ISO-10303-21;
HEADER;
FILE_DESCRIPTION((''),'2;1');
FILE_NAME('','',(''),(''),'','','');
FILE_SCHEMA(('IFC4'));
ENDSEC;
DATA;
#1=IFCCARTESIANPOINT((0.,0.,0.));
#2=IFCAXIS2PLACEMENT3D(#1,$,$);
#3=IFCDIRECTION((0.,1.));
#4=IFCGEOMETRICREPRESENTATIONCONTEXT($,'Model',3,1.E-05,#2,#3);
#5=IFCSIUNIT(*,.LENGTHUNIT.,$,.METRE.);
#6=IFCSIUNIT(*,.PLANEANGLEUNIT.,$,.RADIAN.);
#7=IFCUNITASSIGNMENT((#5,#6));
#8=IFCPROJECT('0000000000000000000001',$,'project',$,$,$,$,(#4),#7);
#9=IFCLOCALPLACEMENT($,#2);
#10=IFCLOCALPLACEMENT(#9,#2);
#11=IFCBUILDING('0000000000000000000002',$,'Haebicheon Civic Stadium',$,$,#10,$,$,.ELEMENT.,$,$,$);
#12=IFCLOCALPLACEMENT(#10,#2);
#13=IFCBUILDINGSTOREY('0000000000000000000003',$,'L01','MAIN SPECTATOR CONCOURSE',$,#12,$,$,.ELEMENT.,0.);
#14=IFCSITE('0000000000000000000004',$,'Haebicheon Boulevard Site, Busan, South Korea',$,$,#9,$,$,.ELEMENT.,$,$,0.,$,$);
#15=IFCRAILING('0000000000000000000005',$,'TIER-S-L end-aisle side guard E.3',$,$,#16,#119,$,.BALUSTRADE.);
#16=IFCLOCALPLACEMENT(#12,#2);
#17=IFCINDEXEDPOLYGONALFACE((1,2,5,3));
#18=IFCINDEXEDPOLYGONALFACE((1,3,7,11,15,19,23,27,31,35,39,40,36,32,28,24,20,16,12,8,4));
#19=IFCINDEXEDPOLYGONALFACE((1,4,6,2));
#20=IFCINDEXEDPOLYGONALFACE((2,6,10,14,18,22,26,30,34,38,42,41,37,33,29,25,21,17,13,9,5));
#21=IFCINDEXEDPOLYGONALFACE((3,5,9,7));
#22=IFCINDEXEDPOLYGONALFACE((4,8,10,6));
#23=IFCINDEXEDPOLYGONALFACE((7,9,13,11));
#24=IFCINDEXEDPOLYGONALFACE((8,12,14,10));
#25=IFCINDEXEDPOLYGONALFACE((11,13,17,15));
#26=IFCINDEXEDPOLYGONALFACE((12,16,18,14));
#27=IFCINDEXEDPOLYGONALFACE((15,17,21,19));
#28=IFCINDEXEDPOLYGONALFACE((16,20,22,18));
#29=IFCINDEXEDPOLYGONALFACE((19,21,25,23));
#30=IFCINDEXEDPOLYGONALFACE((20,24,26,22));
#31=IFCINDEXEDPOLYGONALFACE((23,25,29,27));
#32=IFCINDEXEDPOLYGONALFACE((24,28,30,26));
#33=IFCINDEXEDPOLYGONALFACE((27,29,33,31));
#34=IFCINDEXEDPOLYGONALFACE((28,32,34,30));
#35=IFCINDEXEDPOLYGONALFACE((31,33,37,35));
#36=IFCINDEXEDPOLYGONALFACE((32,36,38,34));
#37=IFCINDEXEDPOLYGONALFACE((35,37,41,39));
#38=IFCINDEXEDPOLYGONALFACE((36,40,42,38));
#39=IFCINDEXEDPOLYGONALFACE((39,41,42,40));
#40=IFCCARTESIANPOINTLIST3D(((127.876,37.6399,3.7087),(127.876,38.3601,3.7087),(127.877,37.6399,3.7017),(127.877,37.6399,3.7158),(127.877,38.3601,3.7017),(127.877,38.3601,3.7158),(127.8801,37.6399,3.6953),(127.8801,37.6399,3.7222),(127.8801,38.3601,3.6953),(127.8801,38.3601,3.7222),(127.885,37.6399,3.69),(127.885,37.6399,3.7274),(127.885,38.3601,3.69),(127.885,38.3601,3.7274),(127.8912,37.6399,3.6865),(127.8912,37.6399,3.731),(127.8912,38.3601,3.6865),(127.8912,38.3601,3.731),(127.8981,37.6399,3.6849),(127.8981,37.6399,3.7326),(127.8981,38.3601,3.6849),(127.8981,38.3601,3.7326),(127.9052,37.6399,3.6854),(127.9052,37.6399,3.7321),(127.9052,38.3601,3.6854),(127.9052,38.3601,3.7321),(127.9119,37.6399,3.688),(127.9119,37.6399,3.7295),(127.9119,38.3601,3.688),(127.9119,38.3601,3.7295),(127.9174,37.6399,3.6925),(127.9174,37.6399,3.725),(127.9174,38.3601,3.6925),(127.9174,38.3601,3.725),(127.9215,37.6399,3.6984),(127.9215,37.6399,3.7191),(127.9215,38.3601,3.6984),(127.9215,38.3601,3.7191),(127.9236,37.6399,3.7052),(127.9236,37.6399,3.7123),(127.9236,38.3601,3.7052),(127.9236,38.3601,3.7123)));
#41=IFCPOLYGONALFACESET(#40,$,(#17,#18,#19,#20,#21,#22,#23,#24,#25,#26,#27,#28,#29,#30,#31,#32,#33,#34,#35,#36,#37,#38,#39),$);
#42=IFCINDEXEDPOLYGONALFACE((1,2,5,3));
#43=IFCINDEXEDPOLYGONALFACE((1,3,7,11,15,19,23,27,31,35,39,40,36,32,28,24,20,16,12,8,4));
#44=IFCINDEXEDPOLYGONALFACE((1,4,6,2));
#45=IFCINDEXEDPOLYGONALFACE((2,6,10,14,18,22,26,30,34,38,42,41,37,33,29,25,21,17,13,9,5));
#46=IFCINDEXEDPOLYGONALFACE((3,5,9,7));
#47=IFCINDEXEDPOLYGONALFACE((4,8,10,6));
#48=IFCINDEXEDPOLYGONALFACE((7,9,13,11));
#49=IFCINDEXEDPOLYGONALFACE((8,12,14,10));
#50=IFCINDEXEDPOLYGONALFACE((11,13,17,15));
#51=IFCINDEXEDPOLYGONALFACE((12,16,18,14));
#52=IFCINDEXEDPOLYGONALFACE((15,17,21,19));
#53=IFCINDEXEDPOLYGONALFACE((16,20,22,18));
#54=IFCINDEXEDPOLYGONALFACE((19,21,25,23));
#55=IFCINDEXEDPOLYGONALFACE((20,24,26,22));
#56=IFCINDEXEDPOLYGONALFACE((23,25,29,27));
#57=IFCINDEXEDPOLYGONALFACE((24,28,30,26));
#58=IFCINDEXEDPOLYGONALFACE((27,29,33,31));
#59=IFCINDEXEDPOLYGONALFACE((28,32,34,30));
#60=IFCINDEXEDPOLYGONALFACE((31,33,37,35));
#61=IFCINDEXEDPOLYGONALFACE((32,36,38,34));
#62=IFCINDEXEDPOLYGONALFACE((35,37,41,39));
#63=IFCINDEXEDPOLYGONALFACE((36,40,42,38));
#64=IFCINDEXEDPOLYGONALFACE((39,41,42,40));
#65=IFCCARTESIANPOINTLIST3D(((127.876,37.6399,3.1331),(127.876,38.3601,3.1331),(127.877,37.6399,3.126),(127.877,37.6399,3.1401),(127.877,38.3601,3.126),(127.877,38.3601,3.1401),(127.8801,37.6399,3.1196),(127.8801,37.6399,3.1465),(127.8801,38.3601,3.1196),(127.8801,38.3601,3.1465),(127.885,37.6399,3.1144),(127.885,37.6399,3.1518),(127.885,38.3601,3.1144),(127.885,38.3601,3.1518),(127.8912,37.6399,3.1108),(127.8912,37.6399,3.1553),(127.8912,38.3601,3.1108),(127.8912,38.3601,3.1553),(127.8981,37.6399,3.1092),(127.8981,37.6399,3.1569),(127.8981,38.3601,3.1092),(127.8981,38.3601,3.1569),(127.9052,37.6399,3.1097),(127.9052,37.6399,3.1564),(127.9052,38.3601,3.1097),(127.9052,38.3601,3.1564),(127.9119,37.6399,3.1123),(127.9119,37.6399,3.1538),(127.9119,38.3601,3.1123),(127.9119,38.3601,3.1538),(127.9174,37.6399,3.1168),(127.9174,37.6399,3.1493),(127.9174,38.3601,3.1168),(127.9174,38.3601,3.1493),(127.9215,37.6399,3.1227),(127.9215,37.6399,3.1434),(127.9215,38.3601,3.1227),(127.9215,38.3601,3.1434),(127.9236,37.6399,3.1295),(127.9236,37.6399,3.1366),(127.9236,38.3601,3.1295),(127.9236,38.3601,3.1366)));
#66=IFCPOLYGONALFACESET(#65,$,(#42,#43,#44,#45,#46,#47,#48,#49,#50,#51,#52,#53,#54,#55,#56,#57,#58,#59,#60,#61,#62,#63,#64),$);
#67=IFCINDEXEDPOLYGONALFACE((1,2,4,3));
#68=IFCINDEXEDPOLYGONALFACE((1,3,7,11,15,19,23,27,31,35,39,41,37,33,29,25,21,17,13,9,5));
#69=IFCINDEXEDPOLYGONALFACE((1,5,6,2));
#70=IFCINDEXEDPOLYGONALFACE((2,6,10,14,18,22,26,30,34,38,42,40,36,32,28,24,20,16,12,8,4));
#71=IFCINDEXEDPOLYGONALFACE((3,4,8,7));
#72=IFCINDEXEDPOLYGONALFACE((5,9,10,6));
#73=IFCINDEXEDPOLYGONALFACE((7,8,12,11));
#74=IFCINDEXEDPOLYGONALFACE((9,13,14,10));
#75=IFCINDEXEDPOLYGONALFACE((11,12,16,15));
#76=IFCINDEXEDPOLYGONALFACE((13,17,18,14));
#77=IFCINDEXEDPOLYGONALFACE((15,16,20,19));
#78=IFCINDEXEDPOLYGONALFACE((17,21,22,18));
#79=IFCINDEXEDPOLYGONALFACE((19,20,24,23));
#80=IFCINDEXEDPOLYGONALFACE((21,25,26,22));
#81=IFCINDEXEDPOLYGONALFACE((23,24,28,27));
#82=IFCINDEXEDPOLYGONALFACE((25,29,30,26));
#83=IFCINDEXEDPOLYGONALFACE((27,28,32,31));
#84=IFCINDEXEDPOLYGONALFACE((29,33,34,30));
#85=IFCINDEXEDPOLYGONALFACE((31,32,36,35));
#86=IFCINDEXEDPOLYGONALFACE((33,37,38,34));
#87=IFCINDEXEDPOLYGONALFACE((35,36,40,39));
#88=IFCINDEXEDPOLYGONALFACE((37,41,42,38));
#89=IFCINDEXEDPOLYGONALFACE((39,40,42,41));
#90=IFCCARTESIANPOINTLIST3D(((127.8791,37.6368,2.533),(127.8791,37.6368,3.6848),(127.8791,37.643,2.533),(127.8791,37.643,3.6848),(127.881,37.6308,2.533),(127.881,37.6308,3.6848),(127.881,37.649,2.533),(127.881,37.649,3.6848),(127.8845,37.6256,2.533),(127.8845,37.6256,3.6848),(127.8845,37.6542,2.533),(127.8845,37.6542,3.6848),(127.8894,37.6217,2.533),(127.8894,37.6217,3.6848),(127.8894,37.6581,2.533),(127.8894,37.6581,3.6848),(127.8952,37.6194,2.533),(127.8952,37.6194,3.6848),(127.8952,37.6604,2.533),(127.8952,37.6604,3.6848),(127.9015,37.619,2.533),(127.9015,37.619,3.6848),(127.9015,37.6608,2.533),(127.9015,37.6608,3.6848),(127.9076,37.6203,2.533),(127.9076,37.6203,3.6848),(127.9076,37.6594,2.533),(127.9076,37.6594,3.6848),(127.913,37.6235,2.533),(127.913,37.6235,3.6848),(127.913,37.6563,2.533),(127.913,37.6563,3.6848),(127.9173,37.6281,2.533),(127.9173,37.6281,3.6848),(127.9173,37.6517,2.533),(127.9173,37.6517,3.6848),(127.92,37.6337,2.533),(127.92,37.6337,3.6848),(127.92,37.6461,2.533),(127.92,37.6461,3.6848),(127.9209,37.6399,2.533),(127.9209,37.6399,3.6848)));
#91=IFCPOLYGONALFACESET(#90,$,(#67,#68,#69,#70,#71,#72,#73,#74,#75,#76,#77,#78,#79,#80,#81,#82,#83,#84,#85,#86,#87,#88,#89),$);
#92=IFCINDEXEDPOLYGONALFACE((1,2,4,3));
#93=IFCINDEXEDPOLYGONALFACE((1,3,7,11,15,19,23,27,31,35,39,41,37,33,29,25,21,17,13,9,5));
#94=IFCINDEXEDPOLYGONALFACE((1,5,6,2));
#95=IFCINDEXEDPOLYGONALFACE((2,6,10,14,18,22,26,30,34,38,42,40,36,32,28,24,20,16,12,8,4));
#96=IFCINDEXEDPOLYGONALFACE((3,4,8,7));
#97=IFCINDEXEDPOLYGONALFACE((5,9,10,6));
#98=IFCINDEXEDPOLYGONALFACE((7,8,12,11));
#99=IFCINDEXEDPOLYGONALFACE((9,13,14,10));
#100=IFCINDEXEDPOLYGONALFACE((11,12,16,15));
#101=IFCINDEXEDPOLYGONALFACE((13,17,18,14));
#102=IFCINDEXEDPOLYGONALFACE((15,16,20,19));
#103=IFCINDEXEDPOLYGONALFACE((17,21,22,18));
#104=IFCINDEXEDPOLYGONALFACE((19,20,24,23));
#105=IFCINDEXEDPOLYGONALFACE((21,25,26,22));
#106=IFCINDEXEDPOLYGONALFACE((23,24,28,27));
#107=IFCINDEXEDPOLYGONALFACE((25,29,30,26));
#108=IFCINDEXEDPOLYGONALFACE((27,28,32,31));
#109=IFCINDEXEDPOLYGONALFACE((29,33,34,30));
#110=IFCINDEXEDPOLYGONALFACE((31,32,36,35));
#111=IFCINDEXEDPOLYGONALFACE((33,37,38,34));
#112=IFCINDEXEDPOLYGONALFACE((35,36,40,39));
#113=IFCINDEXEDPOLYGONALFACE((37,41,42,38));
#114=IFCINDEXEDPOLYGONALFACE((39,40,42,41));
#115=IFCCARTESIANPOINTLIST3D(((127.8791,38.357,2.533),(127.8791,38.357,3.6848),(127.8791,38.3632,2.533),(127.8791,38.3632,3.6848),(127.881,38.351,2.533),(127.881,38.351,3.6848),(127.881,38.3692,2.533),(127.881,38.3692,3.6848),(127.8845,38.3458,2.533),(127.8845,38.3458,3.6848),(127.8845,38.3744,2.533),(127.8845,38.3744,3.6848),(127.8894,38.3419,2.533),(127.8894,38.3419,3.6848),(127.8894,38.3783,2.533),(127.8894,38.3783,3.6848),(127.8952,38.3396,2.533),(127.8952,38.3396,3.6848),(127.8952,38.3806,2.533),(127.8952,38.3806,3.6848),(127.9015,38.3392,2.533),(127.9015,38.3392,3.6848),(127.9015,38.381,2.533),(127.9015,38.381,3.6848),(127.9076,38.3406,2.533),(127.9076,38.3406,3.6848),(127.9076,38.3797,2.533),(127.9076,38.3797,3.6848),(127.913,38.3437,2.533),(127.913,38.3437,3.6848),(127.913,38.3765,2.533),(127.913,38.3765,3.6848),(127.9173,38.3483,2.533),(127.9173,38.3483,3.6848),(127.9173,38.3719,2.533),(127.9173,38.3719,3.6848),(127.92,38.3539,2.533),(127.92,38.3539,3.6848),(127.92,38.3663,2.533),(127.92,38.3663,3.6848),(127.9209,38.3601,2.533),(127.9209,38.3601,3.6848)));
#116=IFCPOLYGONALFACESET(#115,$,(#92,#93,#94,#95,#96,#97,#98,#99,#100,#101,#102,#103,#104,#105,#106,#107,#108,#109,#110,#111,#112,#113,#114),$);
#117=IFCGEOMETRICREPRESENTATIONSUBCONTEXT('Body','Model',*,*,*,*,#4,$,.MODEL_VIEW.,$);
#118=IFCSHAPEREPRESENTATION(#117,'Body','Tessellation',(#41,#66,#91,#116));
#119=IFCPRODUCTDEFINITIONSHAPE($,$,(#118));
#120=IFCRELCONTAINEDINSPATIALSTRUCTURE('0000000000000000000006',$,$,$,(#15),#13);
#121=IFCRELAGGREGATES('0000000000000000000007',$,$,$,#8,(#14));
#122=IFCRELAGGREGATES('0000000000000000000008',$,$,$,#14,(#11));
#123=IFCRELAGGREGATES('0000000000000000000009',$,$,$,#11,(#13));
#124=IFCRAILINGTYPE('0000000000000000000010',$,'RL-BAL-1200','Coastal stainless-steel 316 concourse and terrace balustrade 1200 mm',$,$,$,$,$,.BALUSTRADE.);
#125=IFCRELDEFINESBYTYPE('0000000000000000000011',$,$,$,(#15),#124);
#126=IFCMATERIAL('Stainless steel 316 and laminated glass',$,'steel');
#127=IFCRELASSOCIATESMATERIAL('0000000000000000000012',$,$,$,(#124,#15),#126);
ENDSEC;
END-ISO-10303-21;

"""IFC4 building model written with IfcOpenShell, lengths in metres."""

from ifc_helpers import new_model, si_unit, direction, frame, origin, origin_2d, place, context, subcontext, project, spatial, circle, extrude, material, type_object, element, save


model = new_model("IFC4")

# Units and contexts
model_context = context("Model", 3, precision=1e-05, world=origin(), true_north=direction((0.0, 1.0)))
body_context = subcontext(model_context, "Body", "Model", "MODEL_VIEW")
ifc_project = project(units=[si_unit("LENGTHUNIT", "METRE"), si_unit("PLANEANGLEUNIT", "RADIAN")], contexts=[model_context])

# Site, building, storey
site_placement = place(None, origin())
site = spatial("IfcSite", under=ifc_project, at=site_placement, Name="Haebicheon Boulevard Site, Busan, South Korea", CompositionType="ELEMENT", RefElevation=0.0)
building_placement = place(site_placement, origin())
building = spatial("IfcBuilding", under=site, at=building_placement, Name="Haebicheon Civic Stadium", CompositionType="ELEMENT")
storey_placement = place(building_placement, origin())
storey = spatial("IfcBuildingStorey", under=building, at=storey_placement, Name="L01", Description="MAIN SPECTATOR CONCOURSE", CompositionType="ELEMENT", Elevation=0.0)

# Railing
ifc_material_1 = material(Name="Stainless steel 316 and laminated glass", Category="steel")
railing_type = type_object("IfcRailingType", Name="RL-BAL-1200", Description="Coastal stainless-steel 316 concourse and terrace balustrade 1200 mm", PredefinedType="BALUSTRADE", material=ifc_material_1)
railing_placement = place(storey_placement, frame((127.8999, 37.6399, 2.533)))
element("IfcRailing", 1, at=railing_placement, inside=storey, type_object=railing_type, material=ifc_material_1, Name="TIER-S-L end-aisle side guard E.3", PredefinedType="BALUSTRADE", context=body_context, shape_type="SweptSolid", body=[
    extrude(circle(Radius=0.0239, at=origin_2d()), frame((0.0, 0.0, 1.1758), z_axis=(0.0, 1.0, 0.0), x_axis=(-1.0, 0.0, 0.0)), (0.0, 0.0, 1.0), 0.7202),
    extrude(circle(Radius=0.0239, at=origin_2d()), frame((0.0, 0.0, 0.6001), z_axis=(0.0, 1.0, 0.0), x_axis=(-1.0, 0.0, 0.0)), (0.0, 0.0, 1.0), 0.7202),
    extrude(circle(Radius=0.021, at=origin_2d()), origin(), (0.0, 0.0, 1.0), 1.1519),
    extrude(circle(Radius=0.021, at=origin_2d()), frame((0.0, 0.7202, 0.0)), (0.0, 0.0, 1.0), 1.1519),
])

save(model, "model.ifc")
